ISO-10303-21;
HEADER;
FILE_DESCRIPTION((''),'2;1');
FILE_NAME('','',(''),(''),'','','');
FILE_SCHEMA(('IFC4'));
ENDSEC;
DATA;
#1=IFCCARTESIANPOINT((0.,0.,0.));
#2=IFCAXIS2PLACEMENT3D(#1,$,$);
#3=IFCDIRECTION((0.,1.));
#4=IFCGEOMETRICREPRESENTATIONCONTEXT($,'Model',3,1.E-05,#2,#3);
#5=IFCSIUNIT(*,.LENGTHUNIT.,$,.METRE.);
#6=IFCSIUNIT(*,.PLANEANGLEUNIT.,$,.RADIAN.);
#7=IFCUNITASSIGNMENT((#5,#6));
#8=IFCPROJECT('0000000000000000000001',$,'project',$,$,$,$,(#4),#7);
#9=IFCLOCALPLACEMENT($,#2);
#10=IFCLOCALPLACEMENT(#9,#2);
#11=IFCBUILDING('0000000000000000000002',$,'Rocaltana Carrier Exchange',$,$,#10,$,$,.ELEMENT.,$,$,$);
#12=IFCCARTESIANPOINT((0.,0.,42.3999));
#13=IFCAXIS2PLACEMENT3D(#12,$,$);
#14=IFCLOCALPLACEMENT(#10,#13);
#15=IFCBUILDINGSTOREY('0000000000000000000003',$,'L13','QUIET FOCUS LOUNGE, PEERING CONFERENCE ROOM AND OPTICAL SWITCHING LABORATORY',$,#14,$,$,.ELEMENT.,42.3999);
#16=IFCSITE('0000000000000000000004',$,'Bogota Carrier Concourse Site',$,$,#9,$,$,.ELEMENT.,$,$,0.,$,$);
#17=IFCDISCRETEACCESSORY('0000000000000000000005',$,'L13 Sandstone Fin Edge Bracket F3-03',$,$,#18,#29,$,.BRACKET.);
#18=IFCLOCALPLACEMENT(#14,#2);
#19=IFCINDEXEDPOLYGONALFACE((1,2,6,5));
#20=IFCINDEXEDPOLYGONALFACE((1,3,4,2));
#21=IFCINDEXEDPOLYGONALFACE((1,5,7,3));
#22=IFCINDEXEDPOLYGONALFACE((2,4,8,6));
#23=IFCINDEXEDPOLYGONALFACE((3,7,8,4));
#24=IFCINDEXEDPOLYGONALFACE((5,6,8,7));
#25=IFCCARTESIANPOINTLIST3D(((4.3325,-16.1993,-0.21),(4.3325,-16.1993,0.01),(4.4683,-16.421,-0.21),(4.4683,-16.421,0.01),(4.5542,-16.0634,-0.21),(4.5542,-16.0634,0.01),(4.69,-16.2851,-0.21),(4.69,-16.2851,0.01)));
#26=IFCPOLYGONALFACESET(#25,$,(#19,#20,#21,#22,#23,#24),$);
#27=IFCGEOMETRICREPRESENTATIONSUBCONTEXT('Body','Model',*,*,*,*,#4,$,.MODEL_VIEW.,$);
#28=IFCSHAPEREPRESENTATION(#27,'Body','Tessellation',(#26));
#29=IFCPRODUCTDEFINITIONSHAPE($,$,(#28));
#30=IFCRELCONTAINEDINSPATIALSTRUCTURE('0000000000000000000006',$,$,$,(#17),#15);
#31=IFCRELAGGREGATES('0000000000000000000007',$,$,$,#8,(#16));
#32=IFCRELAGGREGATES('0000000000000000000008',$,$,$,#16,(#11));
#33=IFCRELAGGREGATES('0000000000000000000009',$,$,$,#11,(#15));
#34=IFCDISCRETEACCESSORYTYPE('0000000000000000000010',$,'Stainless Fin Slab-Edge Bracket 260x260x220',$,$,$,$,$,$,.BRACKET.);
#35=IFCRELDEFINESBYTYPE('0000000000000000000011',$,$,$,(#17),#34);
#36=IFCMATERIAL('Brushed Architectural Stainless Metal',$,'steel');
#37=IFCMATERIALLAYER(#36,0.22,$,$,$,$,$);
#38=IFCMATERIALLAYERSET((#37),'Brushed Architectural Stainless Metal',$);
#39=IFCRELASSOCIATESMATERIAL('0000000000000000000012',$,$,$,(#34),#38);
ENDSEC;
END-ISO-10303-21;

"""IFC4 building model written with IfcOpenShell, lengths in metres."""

from ifc_helpers import new_model, si_unit, direction, frame, origin, origin_2d, place, context, subcontext, project, spatial, rectangle, extrude, material, layer, layer_set, type_object, element, save


model = new_model("IFC4")

# Units and contexts
model_context = context("Model", 3, precision=1e-05, world=origin(), true_north=direction((0.0, 1.0)))
body_context = subcontext(model_context, "Body", "Model", "MODEL_VIEW")
ifc_project = project(units=[si_unit("LENGTHUNIT", "METRE"), si_unit("PLANEANGLEUNIT", "RADIAN")], contexts=[model_context])

# Site, building, storey
site_placement = place(None, origin())
site = spatial("IfcSite", under=ifc_project, at=site_placement, Name="Bogota Carrier Concourse Site", CompositionType="ELEMENT", RefElevation=0.0)
building_placement = place(site_placement, origin())
building = spatial("IfcBuilding", under=site, at=building_placement, Name="Rocaltana Carrier Exchange", CompositionType="ELEMENT")
storey_placement = place(building_placement, frame((0.0, 0.0, 42.3999)))
storey = spatial("IfcBuildingStorey", under=building, at=storey_placement, Name="L13", Description="QUIET FOCUS LOUNGE, PEERING CONFERENCE ROOM AND OPTICAL SWITCHING LABORATORY", CompositionType="ELEMENT", Elevation=42.3999)

# Discrete accessory
ifc_material_1 = material(Name="Brushed Architectural Stainless Metal", Category="steel")
ifc_layer_1 = layer(ifc_material_1, 0.22)
ifc_layer_set_1 = layer_set([ifc_layer_1], Name="Brushed Architectural Stainless Metal")
discrete_accessory_type = type_object("IfcDiscreteAccessoryType", Name="Stainless Fin Slab-Edge Bracket 260x260x220", PredefinedType="BRACKET", material=ifc_layer_set_1)
discrete_accessory_placement = place(storey_placement, frame((4.5112, -16.2422, -0.21), z_axis=(0.0, 0.0, 1.0), x_axis=(0.85264, 0.522499, 0.0)))
element("IfcDiscreteAccessory", 1, at=discrete_accessory_placement, inside=storey, type_object=discrete_accessory_type, Name="L13 Sandstone Fin Edge Bracket F3-03", PredefinedType="BRACKET", context=body_context, shape_type="SweptSolid", body=[
    extrude(rectangle(XDim=0.26, YDim=0.26, at=origin_2d()), origin(), (0.0, 0.0, 1.0), 0.22),
])

save(model, "model.ifc")
